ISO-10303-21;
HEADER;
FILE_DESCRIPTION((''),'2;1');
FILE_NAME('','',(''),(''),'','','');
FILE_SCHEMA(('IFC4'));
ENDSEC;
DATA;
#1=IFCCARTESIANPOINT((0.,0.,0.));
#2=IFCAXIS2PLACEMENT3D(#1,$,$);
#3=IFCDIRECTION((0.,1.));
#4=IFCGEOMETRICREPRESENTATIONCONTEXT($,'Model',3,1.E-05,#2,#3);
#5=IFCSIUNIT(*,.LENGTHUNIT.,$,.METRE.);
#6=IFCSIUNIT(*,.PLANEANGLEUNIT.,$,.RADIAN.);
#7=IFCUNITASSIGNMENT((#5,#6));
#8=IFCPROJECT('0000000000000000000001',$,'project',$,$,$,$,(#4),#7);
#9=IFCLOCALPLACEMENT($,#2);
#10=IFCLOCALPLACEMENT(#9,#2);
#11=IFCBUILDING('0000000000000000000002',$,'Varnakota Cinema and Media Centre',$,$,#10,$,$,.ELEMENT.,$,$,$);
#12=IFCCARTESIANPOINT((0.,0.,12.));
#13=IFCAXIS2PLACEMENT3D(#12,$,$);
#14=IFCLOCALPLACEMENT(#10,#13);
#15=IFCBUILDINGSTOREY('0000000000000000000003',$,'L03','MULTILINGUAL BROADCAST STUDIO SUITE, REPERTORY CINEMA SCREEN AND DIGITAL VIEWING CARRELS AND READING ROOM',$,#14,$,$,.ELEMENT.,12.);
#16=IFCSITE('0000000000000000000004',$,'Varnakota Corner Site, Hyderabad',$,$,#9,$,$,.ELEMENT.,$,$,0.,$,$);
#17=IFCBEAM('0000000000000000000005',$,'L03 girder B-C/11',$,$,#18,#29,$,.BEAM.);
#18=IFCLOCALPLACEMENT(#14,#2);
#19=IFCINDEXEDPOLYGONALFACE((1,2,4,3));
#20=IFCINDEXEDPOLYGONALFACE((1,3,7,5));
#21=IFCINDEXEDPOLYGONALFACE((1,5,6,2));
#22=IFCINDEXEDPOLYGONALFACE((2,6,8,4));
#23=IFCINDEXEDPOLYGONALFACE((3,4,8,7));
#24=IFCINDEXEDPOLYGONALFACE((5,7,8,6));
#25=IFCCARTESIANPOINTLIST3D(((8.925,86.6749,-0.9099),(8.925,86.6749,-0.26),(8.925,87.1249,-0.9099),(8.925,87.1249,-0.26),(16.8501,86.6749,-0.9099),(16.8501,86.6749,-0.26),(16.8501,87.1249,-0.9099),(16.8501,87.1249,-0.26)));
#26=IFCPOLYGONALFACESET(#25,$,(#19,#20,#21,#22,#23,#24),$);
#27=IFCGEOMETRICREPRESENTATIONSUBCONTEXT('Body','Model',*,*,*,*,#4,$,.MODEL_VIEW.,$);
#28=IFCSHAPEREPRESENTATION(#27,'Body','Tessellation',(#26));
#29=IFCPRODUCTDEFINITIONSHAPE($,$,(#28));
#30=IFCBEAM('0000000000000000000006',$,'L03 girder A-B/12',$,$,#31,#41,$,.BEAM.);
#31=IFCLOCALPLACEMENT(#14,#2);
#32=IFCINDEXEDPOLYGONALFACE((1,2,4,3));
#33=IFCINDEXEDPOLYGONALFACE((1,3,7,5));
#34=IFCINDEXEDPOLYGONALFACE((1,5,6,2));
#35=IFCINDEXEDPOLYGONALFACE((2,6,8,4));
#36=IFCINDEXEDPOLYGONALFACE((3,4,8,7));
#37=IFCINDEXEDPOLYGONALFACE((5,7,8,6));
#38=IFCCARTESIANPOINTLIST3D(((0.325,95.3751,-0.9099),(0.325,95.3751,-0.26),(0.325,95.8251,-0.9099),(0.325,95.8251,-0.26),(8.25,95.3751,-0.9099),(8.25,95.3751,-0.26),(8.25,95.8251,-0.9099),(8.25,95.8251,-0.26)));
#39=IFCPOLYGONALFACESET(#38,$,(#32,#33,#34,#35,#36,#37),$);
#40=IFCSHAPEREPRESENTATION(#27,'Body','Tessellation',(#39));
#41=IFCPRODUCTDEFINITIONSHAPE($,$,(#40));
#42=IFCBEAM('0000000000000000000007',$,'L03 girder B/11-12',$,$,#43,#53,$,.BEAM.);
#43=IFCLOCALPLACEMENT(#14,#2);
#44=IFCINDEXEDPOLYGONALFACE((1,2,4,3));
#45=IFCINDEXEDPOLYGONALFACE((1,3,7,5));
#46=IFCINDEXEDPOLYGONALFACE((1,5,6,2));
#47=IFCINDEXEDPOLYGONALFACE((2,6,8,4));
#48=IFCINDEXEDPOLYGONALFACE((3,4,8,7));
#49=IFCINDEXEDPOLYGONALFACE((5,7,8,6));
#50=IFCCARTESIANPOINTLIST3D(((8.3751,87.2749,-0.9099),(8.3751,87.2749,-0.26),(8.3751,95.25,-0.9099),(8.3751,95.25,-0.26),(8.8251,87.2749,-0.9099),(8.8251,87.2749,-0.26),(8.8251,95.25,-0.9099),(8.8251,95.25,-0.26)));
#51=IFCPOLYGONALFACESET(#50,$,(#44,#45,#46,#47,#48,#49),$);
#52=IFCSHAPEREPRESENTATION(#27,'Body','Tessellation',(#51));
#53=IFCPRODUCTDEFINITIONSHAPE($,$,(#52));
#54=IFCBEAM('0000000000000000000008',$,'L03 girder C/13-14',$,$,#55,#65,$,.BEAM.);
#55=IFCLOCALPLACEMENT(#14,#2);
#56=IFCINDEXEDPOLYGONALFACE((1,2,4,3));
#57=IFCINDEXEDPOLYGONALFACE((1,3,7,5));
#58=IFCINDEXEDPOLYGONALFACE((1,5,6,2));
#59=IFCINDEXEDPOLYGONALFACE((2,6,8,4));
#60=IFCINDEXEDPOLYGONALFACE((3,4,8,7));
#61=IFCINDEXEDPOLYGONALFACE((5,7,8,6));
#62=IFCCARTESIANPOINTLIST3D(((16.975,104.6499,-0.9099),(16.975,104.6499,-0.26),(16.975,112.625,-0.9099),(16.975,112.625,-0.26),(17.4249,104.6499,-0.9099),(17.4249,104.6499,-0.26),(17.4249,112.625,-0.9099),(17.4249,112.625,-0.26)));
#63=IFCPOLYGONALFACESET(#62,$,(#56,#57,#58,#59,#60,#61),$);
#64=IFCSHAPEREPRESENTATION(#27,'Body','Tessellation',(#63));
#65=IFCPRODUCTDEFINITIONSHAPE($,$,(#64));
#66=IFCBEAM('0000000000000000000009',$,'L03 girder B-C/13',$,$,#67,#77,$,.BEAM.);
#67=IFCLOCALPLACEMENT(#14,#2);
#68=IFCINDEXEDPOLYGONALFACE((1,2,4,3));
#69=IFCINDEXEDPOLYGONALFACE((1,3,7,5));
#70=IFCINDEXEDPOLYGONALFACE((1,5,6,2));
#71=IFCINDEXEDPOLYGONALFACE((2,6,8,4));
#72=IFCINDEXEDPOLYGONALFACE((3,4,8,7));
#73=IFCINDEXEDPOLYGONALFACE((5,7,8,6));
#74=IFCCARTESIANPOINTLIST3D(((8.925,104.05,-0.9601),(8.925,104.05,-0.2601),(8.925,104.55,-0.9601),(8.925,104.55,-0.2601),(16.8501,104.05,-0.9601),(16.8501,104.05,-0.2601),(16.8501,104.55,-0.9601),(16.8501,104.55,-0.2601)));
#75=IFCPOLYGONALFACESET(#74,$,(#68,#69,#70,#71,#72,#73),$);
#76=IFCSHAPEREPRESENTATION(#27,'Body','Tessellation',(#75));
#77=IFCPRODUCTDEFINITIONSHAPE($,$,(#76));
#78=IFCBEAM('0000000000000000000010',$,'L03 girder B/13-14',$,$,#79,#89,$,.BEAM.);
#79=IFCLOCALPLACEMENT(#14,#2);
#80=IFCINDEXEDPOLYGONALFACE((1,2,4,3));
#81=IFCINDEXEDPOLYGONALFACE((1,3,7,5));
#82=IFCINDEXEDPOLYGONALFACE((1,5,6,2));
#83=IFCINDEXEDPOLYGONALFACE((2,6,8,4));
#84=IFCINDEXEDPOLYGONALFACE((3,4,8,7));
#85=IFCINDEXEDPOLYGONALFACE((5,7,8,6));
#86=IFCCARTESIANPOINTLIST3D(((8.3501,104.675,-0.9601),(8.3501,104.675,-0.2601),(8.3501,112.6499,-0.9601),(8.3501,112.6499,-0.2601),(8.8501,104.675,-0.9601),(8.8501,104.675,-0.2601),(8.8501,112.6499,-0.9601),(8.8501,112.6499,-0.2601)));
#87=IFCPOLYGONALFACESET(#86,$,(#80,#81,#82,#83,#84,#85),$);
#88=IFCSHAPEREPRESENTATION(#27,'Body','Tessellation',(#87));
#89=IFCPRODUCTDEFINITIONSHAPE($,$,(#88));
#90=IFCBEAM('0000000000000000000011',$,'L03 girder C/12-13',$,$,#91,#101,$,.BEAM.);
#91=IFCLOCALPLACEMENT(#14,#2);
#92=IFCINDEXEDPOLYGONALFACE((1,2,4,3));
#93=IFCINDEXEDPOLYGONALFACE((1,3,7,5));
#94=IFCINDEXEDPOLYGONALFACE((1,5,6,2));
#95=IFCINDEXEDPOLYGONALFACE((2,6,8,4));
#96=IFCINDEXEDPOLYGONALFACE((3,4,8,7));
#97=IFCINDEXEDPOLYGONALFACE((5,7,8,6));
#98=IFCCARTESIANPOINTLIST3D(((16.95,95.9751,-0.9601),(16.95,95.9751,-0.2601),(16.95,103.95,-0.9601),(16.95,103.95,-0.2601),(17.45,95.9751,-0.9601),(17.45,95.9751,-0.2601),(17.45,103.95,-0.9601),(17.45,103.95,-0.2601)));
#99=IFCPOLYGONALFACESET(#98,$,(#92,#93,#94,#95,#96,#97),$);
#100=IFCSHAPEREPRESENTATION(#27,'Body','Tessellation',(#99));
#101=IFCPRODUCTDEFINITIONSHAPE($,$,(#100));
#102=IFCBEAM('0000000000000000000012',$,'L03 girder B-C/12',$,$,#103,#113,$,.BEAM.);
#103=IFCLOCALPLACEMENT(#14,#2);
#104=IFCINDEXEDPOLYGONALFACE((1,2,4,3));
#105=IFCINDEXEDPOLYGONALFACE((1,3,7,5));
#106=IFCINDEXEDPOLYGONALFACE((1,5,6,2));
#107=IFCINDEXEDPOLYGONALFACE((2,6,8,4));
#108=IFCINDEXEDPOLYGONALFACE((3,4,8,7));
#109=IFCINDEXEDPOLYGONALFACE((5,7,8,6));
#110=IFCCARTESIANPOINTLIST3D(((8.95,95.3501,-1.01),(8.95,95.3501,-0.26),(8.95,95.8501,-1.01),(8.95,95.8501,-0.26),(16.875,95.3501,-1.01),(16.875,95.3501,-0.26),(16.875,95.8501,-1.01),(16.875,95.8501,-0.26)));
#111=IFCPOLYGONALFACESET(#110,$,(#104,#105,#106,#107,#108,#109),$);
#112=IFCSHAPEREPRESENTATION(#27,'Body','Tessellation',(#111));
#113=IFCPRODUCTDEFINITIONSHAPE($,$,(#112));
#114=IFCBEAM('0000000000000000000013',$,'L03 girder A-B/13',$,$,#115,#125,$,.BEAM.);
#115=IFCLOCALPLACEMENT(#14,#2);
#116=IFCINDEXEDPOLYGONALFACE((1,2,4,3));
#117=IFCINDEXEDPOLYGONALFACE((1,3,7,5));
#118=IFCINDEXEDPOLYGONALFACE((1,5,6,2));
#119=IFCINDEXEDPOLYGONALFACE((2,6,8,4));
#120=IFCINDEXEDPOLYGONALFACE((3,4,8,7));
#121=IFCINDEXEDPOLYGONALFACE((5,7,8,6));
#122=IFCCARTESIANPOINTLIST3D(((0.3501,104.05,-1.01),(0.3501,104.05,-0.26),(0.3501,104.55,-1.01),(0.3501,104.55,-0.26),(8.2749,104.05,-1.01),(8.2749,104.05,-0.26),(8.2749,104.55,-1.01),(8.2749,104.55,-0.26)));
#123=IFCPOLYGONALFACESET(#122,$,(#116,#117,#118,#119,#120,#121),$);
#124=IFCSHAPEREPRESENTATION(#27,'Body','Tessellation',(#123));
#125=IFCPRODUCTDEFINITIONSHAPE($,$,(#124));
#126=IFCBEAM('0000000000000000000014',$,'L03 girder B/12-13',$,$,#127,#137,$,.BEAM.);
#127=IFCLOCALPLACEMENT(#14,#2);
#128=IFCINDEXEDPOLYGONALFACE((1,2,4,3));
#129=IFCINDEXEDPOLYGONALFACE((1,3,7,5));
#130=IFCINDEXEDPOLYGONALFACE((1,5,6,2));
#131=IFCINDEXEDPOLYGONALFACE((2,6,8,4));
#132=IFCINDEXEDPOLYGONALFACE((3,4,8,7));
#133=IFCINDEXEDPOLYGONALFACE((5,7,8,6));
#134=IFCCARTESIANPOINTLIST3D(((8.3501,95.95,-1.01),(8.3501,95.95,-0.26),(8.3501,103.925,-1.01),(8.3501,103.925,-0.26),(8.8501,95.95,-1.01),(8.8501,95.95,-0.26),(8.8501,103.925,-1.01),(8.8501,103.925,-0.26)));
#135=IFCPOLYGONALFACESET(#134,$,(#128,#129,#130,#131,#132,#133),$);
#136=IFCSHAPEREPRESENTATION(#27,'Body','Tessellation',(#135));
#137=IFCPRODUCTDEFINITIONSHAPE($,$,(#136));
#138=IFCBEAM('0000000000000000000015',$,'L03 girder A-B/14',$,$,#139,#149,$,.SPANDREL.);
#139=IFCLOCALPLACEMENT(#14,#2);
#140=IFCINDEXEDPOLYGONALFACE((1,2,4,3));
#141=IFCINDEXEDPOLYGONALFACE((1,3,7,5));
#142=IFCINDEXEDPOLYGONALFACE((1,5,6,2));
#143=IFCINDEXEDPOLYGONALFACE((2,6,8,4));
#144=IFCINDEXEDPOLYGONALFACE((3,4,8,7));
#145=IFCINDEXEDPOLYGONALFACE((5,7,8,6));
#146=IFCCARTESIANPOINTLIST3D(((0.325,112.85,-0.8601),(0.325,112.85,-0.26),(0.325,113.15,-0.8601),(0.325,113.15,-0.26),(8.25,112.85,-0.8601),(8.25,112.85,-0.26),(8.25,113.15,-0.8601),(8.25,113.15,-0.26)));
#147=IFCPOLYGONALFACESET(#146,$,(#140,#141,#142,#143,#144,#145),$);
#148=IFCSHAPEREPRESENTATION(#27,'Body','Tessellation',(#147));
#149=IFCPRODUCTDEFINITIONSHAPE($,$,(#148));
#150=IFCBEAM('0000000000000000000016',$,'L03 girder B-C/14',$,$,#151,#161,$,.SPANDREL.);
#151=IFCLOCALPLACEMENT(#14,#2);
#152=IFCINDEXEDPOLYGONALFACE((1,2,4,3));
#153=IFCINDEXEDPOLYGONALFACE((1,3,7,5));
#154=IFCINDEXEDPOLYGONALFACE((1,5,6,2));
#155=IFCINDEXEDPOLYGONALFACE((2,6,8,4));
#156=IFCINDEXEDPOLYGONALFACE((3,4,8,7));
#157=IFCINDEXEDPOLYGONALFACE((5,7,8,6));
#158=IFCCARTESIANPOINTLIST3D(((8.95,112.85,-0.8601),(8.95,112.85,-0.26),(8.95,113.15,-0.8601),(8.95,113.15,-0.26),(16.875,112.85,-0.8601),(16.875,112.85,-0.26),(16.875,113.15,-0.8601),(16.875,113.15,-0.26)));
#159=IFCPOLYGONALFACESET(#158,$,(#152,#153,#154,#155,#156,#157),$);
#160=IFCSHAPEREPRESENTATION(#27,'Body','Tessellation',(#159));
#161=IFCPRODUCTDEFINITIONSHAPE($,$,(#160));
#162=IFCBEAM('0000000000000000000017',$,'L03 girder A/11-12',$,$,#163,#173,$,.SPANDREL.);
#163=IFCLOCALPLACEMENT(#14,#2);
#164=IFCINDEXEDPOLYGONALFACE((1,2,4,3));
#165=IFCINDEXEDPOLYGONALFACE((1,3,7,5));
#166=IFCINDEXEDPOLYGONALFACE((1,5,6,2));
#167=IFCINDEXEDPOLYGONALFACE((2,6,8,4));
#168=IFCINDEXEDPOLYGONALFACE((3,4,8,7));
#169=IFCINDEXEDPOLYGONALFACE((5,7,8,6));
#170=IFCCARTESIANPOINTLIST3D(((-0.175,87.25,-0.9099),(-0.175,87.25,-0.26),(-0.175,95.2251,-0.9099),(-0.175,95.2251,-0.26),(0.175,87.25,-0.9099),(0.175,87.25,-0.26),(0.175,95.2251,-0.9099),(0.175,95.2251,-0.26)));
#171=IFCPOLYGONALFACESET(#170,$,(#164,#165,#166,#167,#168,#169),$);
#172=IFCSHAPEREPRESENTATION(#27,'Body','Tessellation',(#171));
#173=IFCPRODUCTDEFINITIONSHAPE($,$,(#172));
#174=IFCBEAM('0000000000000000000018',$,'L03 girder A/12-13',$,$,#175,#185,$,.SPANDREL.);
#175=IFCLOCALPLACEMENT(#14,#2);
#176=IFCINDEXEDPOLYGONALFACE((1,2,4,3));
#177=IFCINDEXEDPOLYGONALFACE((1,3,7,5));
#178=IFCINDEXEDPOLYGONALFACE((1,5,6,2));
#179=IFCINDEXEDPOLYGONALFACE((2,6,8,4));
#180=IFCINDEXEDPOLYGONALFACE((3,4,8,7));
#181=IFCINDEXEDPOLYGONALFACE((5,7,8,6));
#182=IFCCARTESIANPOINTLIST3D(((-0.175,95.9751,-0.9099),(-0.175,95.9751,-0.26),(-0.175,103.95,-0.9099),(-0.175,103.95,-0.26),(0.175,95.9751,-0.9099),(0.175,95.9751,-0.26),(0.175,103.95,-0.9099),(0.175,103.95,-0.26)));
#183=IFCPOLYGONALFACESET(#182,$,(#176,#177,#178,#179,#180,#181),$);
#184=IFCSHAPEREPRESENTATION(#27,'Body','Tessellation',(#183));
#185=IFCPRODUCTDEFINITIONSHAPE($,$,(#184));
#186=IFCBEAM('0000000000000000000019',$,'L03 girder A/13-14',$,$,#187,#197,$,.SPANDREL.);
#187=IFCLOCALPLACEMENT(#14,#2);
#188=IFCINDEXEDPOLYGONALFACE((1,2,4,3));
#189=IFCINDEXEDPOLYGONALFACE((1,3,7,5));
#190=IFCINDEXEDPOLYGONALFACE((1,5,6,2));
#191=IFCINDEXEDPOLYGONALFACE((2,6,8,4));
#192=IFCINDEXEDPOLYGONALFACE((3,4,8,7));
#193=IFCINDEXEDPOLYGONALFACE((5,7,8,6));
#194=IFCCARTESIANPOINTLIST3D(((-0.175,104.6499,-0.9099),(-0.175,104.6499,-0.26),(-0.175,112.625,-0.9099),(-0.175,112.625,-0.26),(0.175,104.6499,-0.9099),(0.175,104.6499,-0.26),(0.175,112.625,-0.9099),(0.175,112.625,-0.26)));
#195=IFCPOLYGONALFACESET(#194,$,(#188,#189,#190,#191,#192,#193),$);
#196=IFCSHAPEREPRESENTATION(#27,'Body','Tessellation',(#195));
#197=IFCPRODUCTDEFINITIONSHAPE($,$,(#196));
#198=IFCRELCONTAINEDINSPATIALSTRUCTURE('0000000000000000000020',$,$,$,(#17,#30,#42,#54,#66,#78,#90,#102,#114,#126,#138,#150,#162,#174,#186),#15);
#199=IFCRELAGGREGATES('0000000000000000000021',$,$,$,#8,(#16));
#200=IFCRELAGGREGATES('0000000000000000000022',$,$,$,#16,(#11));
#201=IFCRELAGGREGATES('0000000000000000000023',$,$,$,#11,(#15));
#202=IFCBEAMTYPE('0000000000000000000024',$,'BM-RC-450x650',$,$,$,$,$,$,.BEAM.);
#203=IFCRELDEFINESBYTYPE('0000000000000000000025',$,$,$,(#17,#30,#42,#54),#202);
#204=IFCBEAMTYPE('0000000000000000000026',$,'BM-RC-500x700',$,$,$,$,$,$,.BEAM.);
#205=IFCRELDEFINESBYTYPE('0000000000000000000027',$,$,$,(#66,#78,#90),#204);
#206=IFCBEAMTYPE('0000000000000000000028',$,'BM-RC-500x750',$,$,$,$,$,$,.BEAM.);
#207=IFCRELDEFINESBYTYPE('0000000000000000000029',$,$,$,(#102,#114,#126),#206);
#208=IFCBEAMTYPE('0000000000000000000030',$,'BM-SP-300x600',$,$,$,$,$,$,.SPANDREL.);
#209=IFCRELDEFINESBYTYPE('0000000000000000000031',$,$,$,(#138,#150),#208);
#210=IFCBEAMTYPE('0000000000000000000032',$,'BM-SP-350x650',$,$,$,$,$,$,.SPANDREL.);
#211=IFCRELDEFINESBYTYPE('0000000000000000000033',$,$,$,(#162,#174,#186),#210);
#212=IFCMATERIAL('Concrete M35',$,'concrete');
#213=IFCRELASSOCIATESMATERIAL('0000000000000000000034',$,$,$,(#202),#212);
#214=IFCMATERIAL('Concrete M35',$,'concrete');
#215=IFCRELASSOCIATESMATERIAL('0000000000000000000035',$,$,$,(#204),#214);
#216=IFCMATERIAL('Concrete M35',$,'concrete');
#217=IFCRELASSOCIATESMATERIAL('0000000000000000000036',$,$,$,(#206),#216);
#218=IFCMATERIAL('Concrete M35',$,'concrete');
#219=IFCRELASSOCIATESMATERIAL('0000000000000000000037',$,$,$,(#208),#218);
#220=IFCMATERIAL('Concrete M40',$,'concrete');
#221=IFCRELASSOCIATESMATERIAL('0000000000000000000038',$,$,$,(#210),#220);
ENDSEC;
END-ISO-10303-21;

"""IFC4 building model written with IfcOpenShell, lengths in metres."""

from ifc_helpers import new_model, si_unit, direction, frame, origin, origin_2d, place, context, subcontext, project, spatial, rectangle, extrude, material, material_profile, profile_set, type_object, element, save


model = new_model("IFC4")

# Units and contexts
model_context = context("Model", 3, precision=1e-05, world=origin(), true_north=direction((0.0, 1.0)))
body_context = subcontext(model_context, "Body", "Model", "MODEL_VIEW")
ifc_project = project(units=[si_unit("LENGTHUNIT", "METRE"), si_unit("PLANEANGLEUNIT", "RADIAN")], contexts=[model_context])

# Site, building, storey
site_placement = place(None, origin())
site = spatial("IfcSite", under=ifc_project, at=site_placement, Name="Varnakota Corner Site, Hyderabad", CompositionType="ELEMENT", RefElevation=0.0)
building_placement = place(site_placement, origin())
building = spatial("IfcBuilding", under=site, at=building_placement, Name="Varnakota Cinema and Media Centre", CompositionType="ELEMENT")
storey_placement = place(building_placement, frame((0.0, 0.0, 12.0)))
storey = spatial("IfcBuildingStorey", under=building, at=storey_placement, Name="L03", Description="MULTILINGUAL BROADCAST STUDIO SUITE, REPERTORY CINEMA SCREEN AND DIGITAL VIEWING CARRELS AND READING ROOM", CompositionType="ELEMENT", Elevation=12.0)

# Beams
ifc_material_1 = material(Name="Concrete M35", Category="concrete")
ifc_material_profile_1 = material_profile(ifc_material_1, rectangle(XDim=0.45, YDim=0.6499, at=origin_2d()), Name="RCB 450x650")
ifc_profile_set_1 = profile_set([ifc_material_profile_1], Name="Concrete M35")
beam_type_1 = type_object("IfcBeamType", Name="BM-RC-450x650", PredefinedType="BEAM", material=ifc_profile_set_1)
for number, where, z_axis, x_axis, name in (
    (1, (8.925, 86.8999, -0.585), (1.0, 0.0, 0.0), (0.0, 1.0, 0.0), "L03 girder B-C/11"),
    (2, (0.325, 95.6001, -0.585), (1.0, 0.0, 0.0), (0.0, 1.0, 0.0), "L03 girder A-B/12"),
):
    element("IfcBeam", number, at=place(storey_placement, frame(where, z_axis=z_axis, x_axis=x_axis)), inside=storey, type_object=beam_type_1, Name=name, PredefinedType="BEAM", context=body_context, shape_type="SweptSolid", body=[
        extrude(rectangle(XDim=0.45, YDim=0.6499, at=origin_2d()), origin(), (0.0, 0.0, 1.0), 7.925),
    ])
for number, where, z_axis, x_axis, name in (
    (3, (8.6001, 87.2749, -0.585), (0.0, 1.0, 0.0), (-1.0, 0.0, 0.0), "L03 girder B/11-12"),
    (4, (17.2, 104.6499, -0.585), (0.0, 1.0, 0.0), (-1.0, 0.0, 0.0), "L03 girder C/13-14"),
):
    element("IfcBeam", number, at=place(storey_placement, frame(where, z_axis=z_axis, x_axis=x_axis)), inside=storey, type_object=beam_type_1, Name=name, PredefinedType="BEAM", context=body_context, shape_type="SweptSolid", body=[
        extrude(rectangle(XDim=0.45, YDim=0.6499, at=origin_2d()), origin(), (0.0, 0.0, 1.0), 7.9751),
    ])
ifc_material_2 = material(Name="Concrete M35", Category="concrete")
ifc_material_profile_2 = material_profile(ifc_material_2, rectangle(XDim=0.5, YDim=0.7, at=origin_2d()), Name="RCB 500x700")
ifc_profile_set_2 = profile_set([ifc_material_profile_2], Name="Concrete M35")
beam_type_2 = type_object("IfcBeamType", Name="BM-RC-500x700", PredefinedType="BEAM", material=ifc_profile_set_2)
beam_1_placement = place(storey_placement, frame((8.925, 104.3, -0.6101), z_axis=(1.0, 0.0, 0.0), x_axis=(0.0, 1.0, 0.0)))
element("IfcBeam", 5, at=beam_1_placement, inside=storey, type_object=beam_type_2, Name="L03 girder B-C/13", PredefinedType="BEAM", context=body_context, shape_type="SweptSolid", body=[
    extrude(rectangle(XDim=0.5, YDim=0.7, at=origin_2d()), origin(), (0.0, 0.0, 1.0), 7.925),
])
for number, where, z_axis, x_axis, name in (
    (6, (8.6001, 104.675, -0.6101), (0.0, 1.0, 0.0), (-1.0, 0.0, 0.0), "L03 girder B/13-14"),
    (7, (17.2, 95.9751, -0.6101), (0.0, 1.0, 0.0), (-1.0, 0.0, 0.0), "L03 girder C/12-13"),
):
    element("IfcBeam", number, at=place(storey_placement, frame(where, z_axis=z_axis, x_axis=x_axis)), inside=storey, type_object=beam_type_2, Name=name, PredefinedType="BEAM", context=body_context, shape_type="SweptSolid", body=[
        extrude(rectangle(XDim=0.5, YDim=0.7, at=origin_2d()), origin(), (0.0, 0.0, 1.0), 7.9749),
    ])
ifc_material_3 = material(Name="Concrete M35", Category="concrete")
ifc_material_profile_3 = material_profile(ifc_material_3, rectangle(XDim=0.5, YDim=0.75, at=origin_2d()), Name="RCB 500x750")
ifc_profile_set_3 = profile_set([ifc_material_profile_3], Name="Concrete M35")
beam_type_3 = type_object("IfcBeamType", Name="BM-RC-500x750", PredefinedType="BEAM", material=ifc_profile_set_3)
beam_2_placement = place(storey_placement, frame((8.95, 95.6001, -0.635), z_axis=(1.0, 0.0, 0.0), x_axis=(0.0, 1.0, 0.0)))
element("IfcBeam", 8, at=beam_2_placement, inside=storey, type_object=beam_type_3, Name="L03 girder B-C/12", PredefinedType="BEAM", context=body_context, shape_type="SweptSolid", body=[
    extrude(rectangle(XDim=0.5, YDim=0.75, at=origin_2d()), origin(), (0.0, 0.0, 1.0), 7.925),
])
beam_3_placement = place(storey_placement, frame((0.3501, 104.3, -0.635), z_axis=(1.0, 0.0, 0.0), x_axis=(0.0, 1.0, 0.0)))
element("IfcBeam", 9, at=beam_3_placement, inside=storey, type_object=beam_type_3, Name="L03 girder A-B/13", PredefinedType="BEAM", context=body_context, shape_type="SweptSolid", body=[
    extrude(rectangle(XDim=0.5, YDim=0.75, at=origin_2d()), origin(), (0.0, 0.0, 1.0), 7.9248),
])
beam_4_placement = place(storey_placement, frame((8.6001, 95.95, -0.635), z_axis=(0.0, 1.0, 0.0), x_axis=(-1.0, 0.0, 0.0)))
element("IfcBeam", 10, at=beam_4_placement, inside=storey, type_object=beam_type_3, Name="L03 girder B/12-13", PredefinedType="BEAM", context=body_context, shape_type="SweptSolid", body=[
    extrude(rectangle(XDim=0.5, YDim=0.75, at=origin_2d()), origin(), (0.0, 0.0, 1.0), 7.9751),
])
ifc_material_4 = material(Name="Concrete M35", Category="concrete")
ifc_material_profile_4 = material_profile(ifc_material_4, rectangle(XDim=0.3, YDim=0.6001, at=origin_2d()), Name="RCB 300x600")
ifc_profile_set_4 = profile_set([ifc_material_profile_4], Name="Concrete M35")
beam_type_4 = type_object("IfcBeamType", Name="BM-SP-300x600", PredefinedType="SPANDREL", material=ifc_profile_set_4)
for number, where, z_axis, x_axis, name in (
    (11, (0.325, 113.0, -0.5601), (1.0, 0.0, 0.0), (0.0, 1.0, 0.0), "L03 girder A-B/14"),
    (12, (8.95, 113.0, -0.5601), (1.0, 0.0, 0.0), (0.0, 1.0, 0.0), "L03 girder B-C/14"),
):
    element("IfcBeam", number, at=place(storey_placement, frame(where, z_axis=z_axis, x_axis=x_axis)), inside=storey, type_object=beam_type_4, Name=name, PredefinedType="SPANDREL", context=body_context, shape_type="SweptSolid", body=[
        extrude(rectangle(XDim=0.3, YDim=0.6001, at=origin_2d()), origin(), (0.0, 0.0, 1.0), 7.925),
    ])
ifc_material_5 = material(Name="Concrete M40", Category="concrete")
ifc_material_profile_5 = material_profile(ifc_material_5, rectangle(XDim=0.3501, YDim=0.6499, at=origin_2d()), Name="RCB 350x650")
ifc_profile_set_5 = profile_set([ifc_material_profile_5], Name="Concrete M40")
beam_type_5 = type_object("IfcBeamType", Name="BM-SP-350x650", PredefinedType="SPANDREL", material=ifc_profile_set_5)
beam_5_placement = place(storey_placement, frame((0.0, 87.25, -0.585), z_axis=(0.0, 1.0, 0.0), x_axis=(-1.0, 0.0, 0.0)))
element("IfcBeam", 13, at=beam_5_placement, inside=storey, type_object=beam_type_5, Name="L03 girder A/11-12", PredefinedType="SPANDREL", context=body_context, shape_type="SweptSolid", body=[
    extrude(rectangle(XDim=0.3501, YDim=0.6499, at=origin_2d()), origin(), (0.0, 0.0, 1.0), 7.9751),
])
beam_6_placement = place(storey_placement, frame((0.0, 95.9751, -0.585), z_axis=(0.0, 1.0, 0.0), x_axis=(-1.0, 0.0, 0.0)))
element("IfcBeam", 14, at=beam_6_placement, inside=storey, type_object=beam_type_5, Name="L03 girder A/12-13", PredefinedType="SPANDREL", context=body_context, shape_type="SweptSolid", body=[
    extrude(rectangle(XDim=0.3501, YDim=0.6499, at=origin_2d()), origin(), (0.0, 0.0, 1.0), 7.9749),
])
beam_7_placement = place(storey_placement, frame((0.0, 104.6499, -0.585), z_axis=(0.0, 1.0, 0.0), x_axis=(-1.0, 0.0, 0.0)))
element("IfcBeam", 15, at=beam_7_placement, inside=storey, type_object=beam_type_5, Name="L03 girder A/13-14", PredefinedType="SPANDREL", context=body_context, shape_type="SweptSolid", body=[
    extrude(rectangle(XDim=0.3501, YDim=0.6499, at=origin_2d()), origin(), (0.0, 0.0, 1.0), 7.9751),
])

save(model, "model.ifc")
